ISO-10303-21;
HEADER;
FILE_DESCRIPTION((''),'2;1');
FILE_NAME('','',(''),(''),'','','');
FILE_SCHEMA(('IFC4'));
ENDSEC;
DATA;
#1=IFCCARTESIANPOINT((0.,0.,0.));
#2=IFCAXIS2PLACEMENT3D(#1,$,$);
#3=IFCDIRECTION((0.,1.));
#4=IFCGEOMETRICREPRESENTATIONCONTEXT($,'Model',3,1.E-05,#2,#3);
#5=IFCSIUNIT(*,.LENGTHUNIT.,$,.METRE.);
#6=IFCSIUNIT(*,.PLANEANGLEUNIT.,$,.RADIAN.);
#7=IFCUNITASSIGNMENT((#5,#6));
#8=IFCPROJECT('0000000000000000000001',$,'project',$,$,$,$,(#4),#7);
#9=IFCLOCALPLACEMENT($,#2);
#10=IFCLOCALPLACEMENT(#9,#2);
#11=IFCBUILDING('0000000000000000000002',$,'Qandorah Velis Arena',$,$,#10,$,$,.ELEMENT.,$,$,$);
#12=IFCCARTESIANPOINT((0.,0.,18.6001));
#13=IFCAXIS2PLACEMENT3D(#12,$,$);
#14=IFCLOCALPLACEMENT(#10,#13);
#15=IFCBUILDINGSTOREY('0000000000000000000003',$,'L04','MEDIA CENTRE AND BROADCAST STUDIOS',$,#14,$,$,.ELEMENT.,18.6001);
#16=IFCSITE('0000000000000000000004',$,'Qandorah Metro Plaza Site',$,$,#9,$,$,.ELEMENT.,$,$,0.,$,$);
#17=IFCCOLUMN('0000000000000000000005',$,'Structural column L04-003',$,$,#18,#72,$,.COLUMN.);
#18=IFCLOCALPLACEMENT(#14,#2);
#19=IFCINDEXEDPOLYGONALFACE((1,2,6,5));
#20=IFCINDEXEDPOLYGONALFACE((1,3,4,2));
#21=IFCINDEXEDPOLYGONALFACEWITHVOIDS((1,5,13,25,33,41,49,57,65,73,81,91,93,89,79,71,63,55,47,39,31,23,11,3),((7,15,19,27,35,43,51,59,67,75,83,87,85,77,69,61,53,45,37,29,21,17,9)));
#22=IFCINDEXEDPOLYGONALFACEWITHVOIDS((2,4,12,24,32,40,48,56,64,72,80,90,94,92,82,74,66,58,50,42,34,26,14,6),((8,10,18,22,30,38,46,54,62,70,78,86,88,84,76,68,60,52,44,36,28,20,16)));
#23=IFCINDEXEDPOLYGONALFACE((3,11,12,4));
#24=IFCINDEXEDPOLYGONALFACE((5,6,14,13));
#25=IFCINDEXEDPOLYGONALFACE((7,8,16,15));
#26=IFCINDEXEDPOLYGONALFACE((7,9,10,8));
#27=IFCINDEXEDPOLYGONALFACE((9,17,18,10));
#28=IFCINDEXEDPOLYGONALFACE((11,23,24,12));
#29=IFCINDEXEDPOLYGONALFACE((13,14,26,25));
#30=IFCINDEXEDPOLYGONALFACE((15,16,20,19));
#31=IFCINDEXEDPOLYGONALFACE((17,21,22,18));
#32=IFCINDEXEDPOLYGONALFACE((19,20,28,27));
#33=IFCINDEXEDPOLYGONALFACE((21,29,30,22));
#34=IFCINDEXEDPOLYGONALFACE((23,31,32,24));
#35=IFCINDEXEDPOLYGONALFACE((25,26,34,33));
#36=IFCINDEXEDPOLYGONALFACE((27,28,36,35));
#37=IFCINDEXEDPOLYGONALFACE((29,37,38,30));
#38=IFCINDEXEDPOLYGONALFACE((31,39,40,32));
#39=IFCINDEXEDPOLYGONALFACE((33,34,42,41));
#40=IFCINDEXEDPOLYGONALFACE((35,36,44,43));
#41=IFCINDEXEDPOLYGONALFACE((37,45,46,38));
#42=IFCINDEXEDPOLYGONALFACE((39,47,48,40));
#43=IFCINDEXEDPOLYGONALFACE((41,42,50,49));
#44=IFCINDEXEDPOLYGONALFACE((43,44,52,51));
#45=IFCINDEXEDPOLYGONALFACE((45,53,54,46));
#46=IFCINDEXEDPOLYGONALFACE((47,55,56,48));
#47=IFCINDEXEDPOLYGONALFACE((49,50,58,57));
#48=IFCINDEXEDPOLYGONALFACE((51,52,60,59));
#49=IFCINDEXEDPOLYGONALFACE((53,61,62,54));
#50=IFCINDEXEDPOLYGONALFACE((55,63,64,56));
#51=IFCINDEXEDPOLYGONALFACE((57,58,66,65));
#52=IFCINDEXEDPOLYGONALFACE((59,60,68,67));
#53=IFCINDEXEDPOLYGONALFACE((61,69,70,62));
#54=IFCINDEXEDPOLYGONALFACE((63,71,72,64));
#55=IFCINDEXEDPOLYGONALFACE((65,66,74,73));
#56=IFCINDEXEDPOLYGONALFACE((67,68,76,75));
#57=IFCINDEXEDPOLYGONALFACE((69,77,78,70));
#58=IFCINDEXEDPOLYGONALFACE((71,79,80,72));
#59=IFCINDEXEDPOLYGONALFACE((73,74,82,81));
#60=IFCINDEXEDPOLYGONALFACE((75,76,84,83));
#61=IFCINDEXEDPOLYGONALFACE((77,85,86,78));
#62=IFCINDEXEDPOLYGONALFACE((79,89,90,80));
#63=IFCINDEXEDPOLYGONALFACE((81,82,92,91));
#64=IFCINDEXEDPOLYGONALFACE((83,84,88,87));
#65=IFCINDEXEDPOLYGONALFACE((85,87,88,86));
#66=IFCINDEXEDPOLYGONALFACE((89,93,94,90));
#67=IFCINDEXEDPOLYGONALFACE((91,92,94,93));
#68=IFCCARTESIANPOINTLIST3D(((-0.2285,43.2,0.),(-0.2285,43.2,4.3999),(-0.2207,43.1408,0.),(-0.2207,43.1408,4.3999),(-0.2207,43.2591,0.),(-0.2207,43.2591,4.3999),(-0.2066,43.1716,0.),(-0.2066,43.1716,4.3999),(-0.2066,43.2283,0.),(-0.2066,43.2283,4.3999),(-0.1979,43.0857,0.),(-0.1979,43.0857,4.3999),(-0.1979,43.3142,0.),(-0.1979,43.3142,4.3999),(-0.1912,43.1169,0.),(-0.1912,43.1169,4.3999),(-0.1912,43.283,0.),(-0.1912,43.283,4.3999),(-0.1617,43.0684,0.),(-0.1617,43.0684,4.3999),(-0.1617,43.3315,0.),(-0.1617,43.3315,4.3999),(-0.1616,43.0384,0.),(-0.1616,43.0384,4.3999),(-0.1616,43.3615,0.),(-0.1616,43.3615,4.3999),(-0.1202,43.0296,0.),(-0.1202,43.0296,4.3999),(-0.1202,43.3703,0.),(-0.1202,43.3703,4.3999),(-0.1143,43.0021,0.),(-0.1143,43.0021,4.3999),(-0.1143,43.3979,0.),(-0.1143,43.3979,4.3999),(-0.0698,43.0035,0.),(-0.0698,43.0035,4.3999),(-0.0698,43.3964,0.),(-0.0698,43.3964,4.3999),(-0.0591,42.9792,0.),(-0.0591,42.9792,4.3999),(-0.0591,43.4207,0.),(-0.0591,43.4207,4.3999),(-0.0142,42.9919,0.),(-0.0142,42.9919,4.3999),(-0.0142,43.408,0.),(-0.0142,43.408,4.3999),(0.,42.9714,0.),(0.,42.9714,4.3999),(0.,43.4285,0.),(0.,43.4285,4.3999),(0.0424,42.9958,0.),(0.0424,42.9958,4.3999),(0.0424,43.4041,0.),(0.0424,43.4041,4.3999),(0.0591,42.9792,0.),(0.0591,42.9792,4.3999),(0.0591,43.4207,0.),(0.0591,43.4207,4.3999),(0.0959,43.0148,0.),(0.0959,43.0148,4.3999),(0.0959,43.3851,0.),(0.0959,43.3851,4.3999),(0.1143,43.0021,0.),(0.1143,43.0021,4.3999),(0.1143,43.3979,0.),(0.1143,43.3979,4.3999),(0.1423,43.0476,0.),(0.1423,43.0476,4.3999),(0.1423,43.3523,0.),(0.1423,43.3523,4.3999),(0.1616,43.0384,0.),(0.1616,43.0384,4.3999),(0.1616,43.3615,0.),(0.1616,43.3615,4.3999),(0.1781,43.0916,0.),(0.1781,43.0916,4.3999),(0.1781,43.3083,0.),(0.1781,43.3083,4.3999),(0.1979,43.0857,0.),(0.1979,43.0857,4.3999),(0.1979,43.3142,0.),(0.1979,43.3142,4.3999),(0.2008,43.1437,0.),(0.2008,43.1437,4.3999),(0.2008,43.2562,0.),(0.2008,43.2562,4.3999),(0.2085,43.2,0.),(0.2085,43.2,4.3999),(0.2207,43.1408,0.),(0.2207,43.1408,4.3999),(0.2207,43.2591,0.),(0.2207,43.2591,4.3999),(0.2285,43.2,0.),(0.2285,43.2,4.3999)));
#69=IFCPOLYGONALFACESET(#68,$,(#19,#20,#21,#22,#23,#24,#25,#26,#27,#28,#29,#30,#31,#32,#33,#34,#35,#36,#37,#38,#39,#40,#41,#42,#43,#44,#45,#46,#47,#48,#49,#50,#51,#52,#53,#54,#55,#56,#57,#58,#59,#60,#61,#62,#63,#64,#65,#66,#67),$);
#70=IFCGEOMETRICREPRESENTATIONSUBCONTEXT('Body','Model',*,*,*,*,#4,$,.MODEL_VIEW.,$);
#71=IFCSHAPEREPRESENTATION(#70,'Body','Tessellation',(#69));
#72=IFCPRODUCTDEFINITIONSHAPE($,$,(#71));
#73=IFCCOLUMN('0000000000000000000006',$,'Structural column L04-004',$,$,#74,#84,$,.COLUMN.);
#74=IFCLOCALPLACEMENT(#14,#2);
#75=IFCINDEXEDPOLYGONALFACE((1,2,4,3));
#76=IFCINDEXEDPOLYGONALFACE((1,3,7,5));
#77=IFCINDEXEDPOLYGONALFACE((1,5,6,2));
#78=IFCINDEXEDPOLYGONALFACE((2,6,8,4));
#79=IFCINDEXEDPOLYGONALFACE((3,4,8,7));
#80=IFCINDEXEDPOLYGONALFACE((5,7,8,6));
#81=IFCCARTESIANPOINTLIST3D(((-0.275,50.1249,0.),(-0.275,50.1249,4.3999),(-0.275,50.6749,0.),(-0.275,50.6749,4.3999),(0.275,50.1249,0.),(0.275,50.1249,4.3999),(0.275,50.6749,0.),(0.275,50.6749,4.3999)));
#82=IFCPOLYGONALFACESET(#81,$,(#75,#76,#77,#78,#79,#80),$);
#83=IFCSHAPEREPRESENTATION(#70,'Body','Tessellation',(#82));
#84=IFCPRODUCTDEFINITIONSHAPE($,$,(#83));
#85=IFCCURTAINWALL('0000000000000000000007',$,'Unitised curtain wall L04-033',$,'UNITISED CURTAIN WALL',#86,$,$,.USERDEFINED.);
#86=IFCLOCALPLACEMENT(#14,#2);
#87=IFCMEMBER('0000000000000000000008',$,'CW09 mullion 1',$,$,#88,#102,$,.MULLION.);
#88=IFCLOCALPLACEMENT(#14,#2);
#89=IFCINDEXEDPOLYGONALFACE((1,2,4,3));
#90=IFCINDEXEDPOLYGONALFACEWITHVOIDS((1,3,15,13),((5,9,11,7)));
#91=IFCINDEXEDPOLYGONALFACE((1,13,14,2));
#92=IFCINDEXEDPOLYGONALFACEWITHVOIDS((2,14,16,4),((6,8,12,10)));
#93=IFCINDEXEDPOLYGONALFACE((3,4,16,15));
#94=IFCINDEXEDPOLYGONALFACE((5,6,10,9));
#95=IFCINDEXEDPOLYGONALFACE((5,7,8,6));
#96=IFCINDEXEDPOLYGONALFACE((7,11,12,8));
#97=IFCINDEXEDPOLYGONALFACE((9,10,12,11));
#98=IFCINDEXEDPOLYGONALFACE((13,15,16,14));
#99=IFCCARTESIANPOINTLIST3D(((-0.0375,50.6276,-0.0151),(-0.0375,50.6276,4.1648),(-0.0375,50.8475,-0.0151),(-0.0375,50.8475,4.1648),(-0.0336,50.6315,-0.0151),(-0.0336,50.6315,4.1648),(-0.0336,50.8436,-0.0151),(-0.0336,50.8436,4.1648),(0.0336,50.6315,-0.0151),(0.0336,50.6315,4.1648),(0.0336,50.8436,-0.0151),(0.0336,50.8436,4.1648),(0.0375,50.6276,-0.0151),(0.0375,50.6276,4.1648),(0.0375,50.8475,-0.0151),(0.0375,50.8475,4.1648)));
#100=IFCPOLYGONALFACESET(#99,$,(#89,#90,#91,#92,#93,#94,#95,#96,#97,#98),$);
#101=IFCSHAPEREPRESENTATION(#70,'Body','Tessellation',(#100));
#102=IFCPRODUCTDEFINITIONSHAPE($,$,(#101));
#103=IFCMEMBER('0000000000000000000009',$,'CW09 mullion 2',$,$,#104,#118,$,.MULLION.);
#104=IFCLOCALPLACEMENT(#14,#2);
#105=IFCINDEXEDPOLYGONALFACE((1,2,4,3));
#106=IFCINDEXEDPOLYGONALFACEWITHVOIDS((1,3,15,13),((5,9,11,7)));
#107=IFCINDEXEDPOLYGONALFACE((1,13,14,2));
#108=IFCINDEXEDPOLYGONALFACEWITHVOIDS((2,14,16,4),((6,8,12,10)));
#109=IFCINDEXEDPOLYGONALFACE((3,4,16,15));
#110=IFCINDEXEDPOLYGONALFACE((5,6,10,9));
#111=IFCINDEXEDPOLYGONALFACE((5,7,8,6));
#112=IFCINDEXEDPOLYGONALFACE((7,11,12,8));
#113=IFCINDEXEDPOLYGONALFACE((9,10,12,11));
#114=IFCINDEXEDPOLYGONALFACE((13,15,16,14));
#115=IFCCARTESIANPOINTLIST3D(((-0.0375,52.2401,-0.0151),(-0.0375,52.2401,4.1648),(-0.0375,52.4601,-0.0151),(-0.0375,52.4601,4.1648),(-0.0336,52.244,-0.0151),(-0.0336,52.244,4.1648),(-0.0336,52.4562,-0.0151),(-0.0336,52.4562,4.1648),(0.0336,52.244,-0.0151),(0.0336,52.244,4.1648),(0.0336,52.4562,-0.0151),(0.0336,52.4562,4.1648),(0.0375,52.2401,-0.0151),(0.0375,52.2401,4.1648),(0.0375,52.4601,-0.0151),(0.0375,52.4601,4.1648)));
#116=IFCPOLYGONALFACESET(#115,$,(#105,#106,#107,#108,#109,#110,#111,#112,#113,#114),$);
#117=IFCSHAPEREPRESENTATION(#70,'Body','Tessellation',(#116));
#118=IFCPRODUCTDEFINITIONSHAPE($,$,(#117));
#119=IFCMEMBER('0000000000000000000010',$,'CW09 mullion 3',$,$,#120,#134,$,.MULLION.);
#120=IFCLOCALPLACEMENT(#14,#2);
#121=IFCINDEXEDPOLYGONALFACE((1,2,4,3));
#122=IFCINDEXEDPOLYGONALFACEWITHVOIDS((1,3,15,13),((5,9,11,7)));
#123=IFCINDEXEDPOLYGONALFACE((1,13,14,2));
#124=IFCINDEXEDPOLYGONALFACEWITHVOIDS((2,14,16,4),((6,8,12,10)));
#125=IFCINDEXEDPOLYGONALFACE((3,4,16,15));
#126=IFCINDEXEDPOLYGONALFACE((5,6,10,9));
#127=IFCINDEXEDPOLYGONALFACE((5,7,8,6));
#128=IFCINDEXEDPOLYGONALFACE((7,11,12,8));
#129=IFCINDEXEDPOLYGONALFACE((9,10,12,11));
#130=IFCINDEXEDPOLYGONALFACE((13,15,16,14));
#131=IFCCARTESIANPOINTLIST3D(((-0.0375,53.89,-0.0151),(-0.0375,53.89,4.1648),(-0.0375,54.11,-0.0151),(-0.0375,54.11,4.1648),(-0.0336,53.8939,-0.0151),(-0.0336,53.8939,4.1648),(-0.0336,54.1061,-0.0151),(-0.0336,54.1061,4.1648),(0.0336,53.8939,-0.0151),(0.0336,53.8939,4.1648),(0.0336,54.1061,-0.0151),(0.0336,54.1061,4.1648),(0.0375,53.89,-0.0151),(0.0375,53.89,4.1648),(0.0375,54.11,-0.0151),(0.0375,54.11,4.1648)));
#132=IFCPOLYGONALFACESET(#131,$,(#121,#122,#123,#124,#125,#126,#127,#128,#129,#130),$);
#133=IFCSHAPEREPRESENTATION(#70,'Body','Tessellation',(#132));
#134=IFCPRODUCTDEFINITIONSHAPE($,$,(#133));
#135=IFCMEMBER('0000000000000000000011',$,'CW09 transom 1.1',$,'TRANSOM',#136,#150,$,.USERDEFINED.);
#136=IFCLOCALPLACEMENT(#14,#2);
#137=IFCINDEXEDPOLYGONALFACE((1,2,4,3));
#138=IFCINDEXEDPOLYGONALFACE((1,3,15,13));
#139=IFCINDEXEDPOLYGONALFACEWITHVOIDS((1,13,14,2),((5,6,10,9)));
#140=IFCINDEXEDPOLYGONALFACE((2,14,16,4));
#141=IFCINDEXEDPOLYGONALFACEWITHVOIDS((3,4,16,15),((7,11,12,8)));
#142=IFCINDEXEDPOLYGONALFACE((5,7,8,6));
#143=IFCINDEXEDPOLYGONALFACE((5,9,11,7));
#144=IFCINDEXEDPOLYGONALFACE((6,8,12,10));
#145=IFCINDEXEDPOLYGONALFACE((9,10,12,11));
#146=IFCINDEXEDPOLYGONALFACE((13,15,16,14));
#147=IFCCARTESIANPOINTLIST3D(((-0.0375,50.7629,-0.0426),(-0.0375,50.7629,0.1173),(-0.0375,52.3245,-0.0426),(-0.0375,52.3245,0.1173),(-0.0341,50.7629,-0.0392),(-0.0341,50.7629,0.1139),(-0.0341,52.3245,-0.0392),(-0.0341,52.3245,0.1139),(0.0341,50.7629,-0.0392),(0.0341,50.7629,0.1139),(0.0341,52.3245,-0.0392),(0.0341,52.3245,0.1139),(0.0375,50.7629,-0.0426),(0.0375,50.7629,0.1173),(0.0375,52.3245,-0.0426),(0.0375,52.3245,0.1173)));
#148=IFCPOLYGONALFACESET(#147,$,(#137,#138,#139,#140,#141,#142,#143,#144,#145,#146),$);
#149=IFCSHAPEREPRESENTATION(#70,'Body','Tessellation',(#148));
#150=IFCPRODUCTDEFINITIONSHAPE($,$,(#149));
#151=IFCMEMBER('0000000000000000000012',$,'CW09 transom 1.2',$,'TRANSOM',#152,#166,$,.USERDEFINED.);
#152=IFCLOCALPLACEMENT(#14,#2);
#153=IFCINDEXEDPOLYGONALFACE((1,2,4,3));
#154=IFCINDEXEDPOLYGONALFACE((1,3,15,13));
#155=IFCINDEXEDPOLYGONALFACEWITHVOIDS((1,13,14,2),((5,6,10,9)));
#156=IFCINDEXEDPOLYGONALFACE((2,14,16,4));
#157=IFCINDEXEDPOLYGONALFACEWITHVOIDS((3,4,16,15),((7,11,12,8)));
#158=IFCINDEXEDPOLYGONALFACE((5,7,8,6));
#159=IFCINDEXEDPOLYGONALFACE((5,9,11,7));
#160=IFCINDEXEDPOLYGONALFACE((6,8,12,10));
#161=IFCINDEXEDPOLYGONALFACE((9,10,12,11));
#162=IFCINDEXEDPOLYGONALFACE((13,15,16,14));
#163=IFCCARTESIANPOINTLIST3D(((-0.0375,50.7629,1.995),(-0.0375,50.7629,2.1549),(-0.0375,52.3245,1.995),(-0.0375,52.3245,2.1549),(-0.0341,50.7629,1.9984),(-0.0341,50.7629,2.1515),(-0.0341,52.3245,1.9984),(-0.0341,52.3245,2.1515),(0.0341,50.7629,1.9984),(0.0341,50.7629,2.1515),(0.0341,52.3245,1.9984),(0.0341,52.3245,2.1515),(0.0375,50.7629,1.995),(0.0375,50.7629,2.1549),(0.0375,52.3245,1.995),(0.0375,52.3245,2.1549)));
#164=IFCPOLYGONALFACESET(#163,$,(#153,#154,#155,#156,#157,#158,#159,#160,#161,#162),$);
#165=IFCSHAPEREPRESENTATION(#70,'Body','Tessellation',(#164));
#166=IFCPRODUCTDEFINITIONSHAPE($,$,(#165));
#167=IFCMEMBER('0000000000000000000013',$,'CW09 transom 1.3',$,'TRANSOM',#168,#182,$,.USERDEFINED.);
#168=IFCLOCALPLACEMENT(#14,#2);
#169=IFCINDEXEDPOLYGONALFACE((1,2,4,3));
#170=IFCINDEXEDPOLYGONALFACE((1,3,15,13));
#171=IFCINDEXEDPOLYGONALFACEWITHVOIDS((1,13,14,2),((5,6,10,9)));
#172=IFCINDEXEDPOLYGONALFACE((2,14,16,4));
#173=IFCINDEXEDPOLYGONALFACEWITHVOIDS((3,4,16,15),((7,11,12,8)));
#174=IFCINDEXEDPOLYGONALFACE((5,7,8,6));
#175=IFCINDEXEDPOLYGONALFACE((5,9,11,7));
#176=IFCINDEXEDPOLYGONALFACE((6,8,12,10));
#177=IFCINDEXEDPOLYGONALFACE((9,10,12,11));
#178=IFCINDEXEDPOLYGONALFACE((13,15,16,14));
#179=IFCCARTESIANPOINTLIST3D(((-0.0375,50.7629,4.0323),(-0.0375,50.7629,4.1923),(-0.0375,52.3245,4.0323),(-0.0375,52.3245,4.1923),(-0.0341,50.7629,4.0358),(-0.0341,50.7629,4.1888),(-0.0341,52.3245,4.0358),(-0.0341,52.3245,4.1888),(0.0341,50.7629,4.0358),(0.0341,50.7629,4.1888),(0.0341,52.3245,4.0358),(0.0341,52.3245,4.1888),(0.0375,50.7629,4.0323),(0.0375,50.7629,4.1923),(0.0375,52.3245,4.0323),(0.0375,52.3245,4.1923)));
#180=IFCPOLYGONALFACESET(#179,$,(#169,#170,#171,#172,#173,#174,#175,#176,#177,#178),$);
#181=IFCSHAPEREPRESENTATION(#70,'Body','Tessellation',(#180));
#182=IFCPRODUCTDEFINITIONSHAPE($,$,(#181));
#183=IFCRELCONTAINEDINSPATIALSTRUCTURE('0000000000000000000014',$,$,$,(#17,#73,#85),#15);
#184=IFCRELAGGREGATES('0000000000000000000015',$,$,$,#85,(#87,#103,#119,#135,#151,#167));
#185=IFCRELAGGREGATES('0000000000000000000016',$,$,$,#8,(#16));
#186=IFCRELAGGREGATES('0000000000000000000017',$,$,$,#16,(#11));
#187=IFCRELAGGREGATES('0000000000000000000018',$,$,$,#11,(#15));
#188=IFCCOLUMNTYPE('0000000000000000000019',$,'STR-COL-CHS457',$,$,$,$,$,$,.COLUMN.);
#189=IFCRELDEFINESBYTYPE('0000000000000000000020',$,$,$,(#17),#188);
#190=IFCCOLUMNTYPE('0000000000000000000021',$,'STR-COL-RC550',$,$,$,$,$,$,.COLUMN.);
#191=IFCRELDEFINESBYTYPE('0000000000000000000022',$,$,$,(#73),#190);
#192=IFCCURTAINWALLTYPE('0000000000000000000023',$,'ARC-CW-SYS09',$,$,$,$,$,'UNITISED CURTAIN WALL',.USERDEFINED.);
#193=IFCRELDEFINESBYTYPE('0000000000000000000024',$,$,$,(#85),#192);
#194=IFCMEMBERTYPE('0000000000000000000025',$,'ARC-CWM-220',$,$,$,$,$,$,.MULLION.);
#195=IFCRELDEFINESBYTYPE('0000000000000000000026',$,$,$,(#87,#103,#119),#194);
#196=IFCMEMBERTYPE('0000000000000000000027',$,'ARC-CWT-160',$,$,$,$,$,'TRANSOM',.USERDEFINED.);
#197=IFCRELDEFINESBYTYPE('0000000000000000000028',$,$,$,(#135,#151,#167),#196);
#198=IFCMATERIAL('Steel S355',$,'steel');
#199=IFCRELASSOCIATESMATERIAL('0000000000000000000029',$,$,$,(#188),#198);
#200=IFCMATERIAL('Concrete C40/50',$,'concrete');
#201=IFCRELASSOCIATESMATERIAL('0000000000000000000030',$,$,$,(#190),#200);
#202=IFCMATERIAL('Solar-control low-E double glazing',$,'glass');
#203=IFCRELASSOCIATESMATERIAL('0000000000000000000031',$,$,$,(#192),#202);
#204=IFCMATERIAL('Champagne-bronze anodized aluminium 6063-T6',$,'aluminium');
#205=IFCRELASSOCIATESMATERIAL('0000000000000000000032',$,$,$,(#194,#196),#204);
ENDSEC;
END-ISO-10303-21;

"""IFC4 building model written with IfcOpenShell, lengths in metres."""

from ifc_helpers import new_model, si_unit, direction, frame, origin, origin_2d, place, context, subcontext, project, spatial, rectangle, hollow_rectangle, hollow_circle, extrude, material, material_profile, profile_set, type_object, element, aggregate, save


model = new_model("IFC4")

# Units and contexts
model_context = context("Model", 3, precision=1e-05, world=origin(), true_north=direction((0.0, 1.0)))
body_context = subcontext(model_context, "Body", "Model", "MODEL_VIEW")
ifc_project = project(units=[si_unit("LENGTHUNIT", "METRE"), si_unit("PLANEANGLEUNIT", "RADIAN")], contexts=[model_context])

# Site, building, storey
site_placement = place(None, origin())
site = spatial("IfcSite", under=ifc_project, at=site_placement, Name="Qandorah Metro Plaza Site", CompositionType="ELEMENT", RefElevation=0.0)
building_placement = place(site_placement, origin())
building = spatial("IfcBuilding", under=site, at=building_placement, Name="Qandorah Velis Arena", CompositionType="ELEMENT")
storey_placement = place(building_placement, frame((0.0, 0.0, 18.6001)))
storey = spatial("IfcBuildingStorey", under=building, at=storey_placement, Name="L04", Description="MEDIA CENTRE AND BROADCAST STUDIOS", CompositionType="ELEMENT", Elevation=18.6001)

# Columns
ifc_material_1 = material(Name="Steel S355", Category="steel")
ifc_material_profile_1 = material_profile(ifc_material_1, hollow_circle(Radius=0.2285, WallThickness=0.02, at=origin_2d()), Name="CHS 457x20")
ifc_profile_set_1 = profile_set([ifc_material_profile_1], Name="Steel S355")
column_type_1 = type_object("IfcColumnType", Name="STR-COL-CHS457", PredefinedType="COLUMN", material=ifc_profile_set_1)
column_1_placement = place(storey_placement, frame((0.0, 43.2, 0.0), z_axis=(0.0, 0.0, 1.0), x_axis=(1.0, 0.0, 0.0)))
element("IfcColumn", 1, at=column_1_placement, inside=storey, type_object=column_type_1, Name="Structural column L04-003", PredefinedType="COLUMN", context=body_context, shape_type="SweptSolid", body=[
    extrude(hollow_circle(Radius=0.2285, WallThickness=0.02, at=origin_2d()), origin(), (0.0, 0.0, 1.0), 4.3999),
])
ifc_material_2 = material(Name="Concrete C40/50", Category="concrete")
ifc_material_profile_2 = material_profile(ifc_material_2, rectangle(XDim=0.55, YDim=0.55, at=origin_2d()), Name="RC COL 550x550")
ifc_profile_set_2 = profile_set([ifc_material_profile_2], Name="Concrete C40/50")
column_type_2 = type_object("IfcColumnType", Name="STR-COL-RC550", PredefinedType="COLUMN", material=ifc_profile_set_2)
column_2_placement = place(storey_placement, frame((0.0, 50.3999, 0.0), z_axis=(0.0, 0.0, 1.0), x_axis=(1.0, 0.0, 0.0)))
element("IfcColumn", 2, at=column_2_placement, inside=storey, type_object=column_type_2, Name="Structural column L04-004", PredefinedType="COLUMN", context=body_context, shape_type="SweptSolid", body=[
    extrude(rectangle(XDim=0.55, YDim=0.55, at=origin_2d()), origin(), (0.0, 0.0, 1.0), 4.3999),
])

# Curtain wall, members
ifc_material_3 = material(Name="Solar-control low-E double glazing", Category="glass")
curtain_wall_type = type_object("IfcCurtainWallType", Name="ARC-CW-SYS09", ElementType="UNITISED CURTAIN WALL", PredefinedType="USERDEFINED", material=ifc_material_3)
curtain_wall_placement = place(storey_placement, origin())
curtain_wall = element("IfcCurtainWall", 3, at=curtain_wall_placement, inside=storey, type_object=curtain_wall_type, Name="Unitised curtain wall L04-033", ObjectType="UNITISED CURTAIN WALL", PredefinedType="USERDEFINED")
ifc_material_4 = material(Name="Champagne-bronze anodized aluminium 6063-T6", Category="aluminium")
ifc_material_profile_3 = material_profile(ifc_material_4, hollow_rectangle(XDim=0.075, YDim=0.22, WallThickness=0.0039, at=origin_2d()), Name="ALU MULLION 75x220")
ifc_profile_set_3 = profile_set([ifc_material_profile_3], Name="Champagne-bronze anodized aluminium 6063-T6")
member_type_1 = type_object("IfcMemberType", Name="ARC-CWM-220", PredefinedType="MULLION", material=ifc_profile_set_3)
member_1_placement = place(storey_placement, frame((0.0, 50.7375, -0.0151), z_axis=(0.0, 0.0, 1.0), x_axis=(-1.0, 0.0, 0.0)))
member_1 = element("IfcMember", 4, at=member_1_placement, type_object=member_type_1, Name="CW09 mullion 1", PredefinedType="MULLION", context=body_context, shape_type="SweptSolid", body=[
    extrude(hollow_rectangle(XDim=0.075, YDim=0.22, WallThickness=0.0039, at=origin_2d()), origin(), (0.0, 0.0, 1.0), 4.1799),
])
member_2_placement = place(storey_placement, frame((0.0, 52.3501, -0.0151), z_axis=(0.0, 0.0, 1.0), x_axis=(-1.0, 0.0, 0.0)))
member_2 = element("IfcMember", 5, at=member_2_placement, type_object=member_type_1, Name="CW09 mullion 2", PredefinedType="MULLION", context=body_context, shape_type="SweptSolid", body=[
    extrude(hollow_rectangle(XDim=0.075, YDim=0.22, WallThickness=0.0039, at=origin_2d()), origin(), (0.0, 0.0, 1.0), 4.1799),
])
member_3_placement = place(storey_placement, frame((0.0, 54.0, -0.0151), z_axis=(0.0, 0.0, 1.0), x_axis=(-1.0, 0.0, 0.0)))
member_3 = element("IfcMember", 6, at=member_3_placement, type_object=member_type_1, Name="CW09 mullion 3", PredefinedType="MULLION", context=body_context, shape_type="SweptSolid", body=[
    extrude(hollow_rectangle(XDim=0.075, YDim=0.22, WallThickness=0.0039, at=origin_2d()), origin(), (0.0, 0.0, 1.0), 4.1799),
])
ifc_material_profile_4 = material_profile(ifc_material_4, hollow_rectangle(XDim=0.075, YDim=0.1599, WallThickness=0.0034, at=origin_2d()), Name="ALU TRANSOM 75x160")
ifc_profile_set_4 = profile_set([ifc_material_profile_4], Name="Champagne-bronze anodized aluminium 6063-T6")
member_type_2 = type_object("IfcMemberType", Name="ARC-CWT-160", ElementType="TRANSOM", PredefinedType="USERDEFINED", material=ifc_profile_set_4)
member_4_placement = place(storey_placement, frame((0.0, 50.7629, 0.0374), z_axis=(0.0, 1.0, 0.0), x_axis=(-1.0, 0.0, 0.0)))
member_4 = element("IfcMember", 7, at=member_4_placement, type_object=member_type_2, Name="CW09 transom 1.1", ObjectType="TRANSOM", PredefinedType="USERDEFINED", context=body_context, shape_type="SweptSolid", body=[
    extrude(hollow_rectangle(XDim=0.075, YDim=0.1599, WallThickness=0.0034, at=origin_2d()), origin(), (0.0, 0.0, 1.0), 1.5615),
])
member_5_placement = place(storey_placement, frame((0.0, 50.7629, 2.075), z_axis=(0.0, 1.0, 0.0), x_axis=(-1.0, 0.0, 0.0)))
member_5 = element("IfcMember", 8, at=member_5_placement, type_object=member_type_2, Name="CW09 transom 1.2", ObjectType="TRANSOM", PredefinedType="USERDEFINED", context=body_context, shape_type="SweptSolid", body=[
    extrude(hollow_rectangle(XDim=0.075, YDim=0.1599, WallThickness=0.0034, at=origin_2d()), origin(), (0.0, 0.0, 1.0), 1.5615),
])
member_6_placement = place(storey_placement, frame((0.0, 50.7629, 4.1123), z_axis=(0.0, 1.0, 0.0), x_axis=(-1.0, 0.0, 0.0)))
member_6 = element("IfcMember", 9, at=member_6_placement, type_object=member_type_2, Name="CW09 transom 1.3", ObjectType="TRANSOM", PredefinedType="USERDEFINED", context=body_context, shape_type="SweptSolid", body=[
    extrude(hollow_rectangle(XDim=0.075, YDim=0.1599, WallThickness=0.0034, at=origin_2d()), origin(), (0.0, 0.0, 1.0), 1.5615),
])

aggregate(curtain_wall, [member_1, member_2, member_3, member_4, member_5, member_6])

save(model, "model.ifc")
